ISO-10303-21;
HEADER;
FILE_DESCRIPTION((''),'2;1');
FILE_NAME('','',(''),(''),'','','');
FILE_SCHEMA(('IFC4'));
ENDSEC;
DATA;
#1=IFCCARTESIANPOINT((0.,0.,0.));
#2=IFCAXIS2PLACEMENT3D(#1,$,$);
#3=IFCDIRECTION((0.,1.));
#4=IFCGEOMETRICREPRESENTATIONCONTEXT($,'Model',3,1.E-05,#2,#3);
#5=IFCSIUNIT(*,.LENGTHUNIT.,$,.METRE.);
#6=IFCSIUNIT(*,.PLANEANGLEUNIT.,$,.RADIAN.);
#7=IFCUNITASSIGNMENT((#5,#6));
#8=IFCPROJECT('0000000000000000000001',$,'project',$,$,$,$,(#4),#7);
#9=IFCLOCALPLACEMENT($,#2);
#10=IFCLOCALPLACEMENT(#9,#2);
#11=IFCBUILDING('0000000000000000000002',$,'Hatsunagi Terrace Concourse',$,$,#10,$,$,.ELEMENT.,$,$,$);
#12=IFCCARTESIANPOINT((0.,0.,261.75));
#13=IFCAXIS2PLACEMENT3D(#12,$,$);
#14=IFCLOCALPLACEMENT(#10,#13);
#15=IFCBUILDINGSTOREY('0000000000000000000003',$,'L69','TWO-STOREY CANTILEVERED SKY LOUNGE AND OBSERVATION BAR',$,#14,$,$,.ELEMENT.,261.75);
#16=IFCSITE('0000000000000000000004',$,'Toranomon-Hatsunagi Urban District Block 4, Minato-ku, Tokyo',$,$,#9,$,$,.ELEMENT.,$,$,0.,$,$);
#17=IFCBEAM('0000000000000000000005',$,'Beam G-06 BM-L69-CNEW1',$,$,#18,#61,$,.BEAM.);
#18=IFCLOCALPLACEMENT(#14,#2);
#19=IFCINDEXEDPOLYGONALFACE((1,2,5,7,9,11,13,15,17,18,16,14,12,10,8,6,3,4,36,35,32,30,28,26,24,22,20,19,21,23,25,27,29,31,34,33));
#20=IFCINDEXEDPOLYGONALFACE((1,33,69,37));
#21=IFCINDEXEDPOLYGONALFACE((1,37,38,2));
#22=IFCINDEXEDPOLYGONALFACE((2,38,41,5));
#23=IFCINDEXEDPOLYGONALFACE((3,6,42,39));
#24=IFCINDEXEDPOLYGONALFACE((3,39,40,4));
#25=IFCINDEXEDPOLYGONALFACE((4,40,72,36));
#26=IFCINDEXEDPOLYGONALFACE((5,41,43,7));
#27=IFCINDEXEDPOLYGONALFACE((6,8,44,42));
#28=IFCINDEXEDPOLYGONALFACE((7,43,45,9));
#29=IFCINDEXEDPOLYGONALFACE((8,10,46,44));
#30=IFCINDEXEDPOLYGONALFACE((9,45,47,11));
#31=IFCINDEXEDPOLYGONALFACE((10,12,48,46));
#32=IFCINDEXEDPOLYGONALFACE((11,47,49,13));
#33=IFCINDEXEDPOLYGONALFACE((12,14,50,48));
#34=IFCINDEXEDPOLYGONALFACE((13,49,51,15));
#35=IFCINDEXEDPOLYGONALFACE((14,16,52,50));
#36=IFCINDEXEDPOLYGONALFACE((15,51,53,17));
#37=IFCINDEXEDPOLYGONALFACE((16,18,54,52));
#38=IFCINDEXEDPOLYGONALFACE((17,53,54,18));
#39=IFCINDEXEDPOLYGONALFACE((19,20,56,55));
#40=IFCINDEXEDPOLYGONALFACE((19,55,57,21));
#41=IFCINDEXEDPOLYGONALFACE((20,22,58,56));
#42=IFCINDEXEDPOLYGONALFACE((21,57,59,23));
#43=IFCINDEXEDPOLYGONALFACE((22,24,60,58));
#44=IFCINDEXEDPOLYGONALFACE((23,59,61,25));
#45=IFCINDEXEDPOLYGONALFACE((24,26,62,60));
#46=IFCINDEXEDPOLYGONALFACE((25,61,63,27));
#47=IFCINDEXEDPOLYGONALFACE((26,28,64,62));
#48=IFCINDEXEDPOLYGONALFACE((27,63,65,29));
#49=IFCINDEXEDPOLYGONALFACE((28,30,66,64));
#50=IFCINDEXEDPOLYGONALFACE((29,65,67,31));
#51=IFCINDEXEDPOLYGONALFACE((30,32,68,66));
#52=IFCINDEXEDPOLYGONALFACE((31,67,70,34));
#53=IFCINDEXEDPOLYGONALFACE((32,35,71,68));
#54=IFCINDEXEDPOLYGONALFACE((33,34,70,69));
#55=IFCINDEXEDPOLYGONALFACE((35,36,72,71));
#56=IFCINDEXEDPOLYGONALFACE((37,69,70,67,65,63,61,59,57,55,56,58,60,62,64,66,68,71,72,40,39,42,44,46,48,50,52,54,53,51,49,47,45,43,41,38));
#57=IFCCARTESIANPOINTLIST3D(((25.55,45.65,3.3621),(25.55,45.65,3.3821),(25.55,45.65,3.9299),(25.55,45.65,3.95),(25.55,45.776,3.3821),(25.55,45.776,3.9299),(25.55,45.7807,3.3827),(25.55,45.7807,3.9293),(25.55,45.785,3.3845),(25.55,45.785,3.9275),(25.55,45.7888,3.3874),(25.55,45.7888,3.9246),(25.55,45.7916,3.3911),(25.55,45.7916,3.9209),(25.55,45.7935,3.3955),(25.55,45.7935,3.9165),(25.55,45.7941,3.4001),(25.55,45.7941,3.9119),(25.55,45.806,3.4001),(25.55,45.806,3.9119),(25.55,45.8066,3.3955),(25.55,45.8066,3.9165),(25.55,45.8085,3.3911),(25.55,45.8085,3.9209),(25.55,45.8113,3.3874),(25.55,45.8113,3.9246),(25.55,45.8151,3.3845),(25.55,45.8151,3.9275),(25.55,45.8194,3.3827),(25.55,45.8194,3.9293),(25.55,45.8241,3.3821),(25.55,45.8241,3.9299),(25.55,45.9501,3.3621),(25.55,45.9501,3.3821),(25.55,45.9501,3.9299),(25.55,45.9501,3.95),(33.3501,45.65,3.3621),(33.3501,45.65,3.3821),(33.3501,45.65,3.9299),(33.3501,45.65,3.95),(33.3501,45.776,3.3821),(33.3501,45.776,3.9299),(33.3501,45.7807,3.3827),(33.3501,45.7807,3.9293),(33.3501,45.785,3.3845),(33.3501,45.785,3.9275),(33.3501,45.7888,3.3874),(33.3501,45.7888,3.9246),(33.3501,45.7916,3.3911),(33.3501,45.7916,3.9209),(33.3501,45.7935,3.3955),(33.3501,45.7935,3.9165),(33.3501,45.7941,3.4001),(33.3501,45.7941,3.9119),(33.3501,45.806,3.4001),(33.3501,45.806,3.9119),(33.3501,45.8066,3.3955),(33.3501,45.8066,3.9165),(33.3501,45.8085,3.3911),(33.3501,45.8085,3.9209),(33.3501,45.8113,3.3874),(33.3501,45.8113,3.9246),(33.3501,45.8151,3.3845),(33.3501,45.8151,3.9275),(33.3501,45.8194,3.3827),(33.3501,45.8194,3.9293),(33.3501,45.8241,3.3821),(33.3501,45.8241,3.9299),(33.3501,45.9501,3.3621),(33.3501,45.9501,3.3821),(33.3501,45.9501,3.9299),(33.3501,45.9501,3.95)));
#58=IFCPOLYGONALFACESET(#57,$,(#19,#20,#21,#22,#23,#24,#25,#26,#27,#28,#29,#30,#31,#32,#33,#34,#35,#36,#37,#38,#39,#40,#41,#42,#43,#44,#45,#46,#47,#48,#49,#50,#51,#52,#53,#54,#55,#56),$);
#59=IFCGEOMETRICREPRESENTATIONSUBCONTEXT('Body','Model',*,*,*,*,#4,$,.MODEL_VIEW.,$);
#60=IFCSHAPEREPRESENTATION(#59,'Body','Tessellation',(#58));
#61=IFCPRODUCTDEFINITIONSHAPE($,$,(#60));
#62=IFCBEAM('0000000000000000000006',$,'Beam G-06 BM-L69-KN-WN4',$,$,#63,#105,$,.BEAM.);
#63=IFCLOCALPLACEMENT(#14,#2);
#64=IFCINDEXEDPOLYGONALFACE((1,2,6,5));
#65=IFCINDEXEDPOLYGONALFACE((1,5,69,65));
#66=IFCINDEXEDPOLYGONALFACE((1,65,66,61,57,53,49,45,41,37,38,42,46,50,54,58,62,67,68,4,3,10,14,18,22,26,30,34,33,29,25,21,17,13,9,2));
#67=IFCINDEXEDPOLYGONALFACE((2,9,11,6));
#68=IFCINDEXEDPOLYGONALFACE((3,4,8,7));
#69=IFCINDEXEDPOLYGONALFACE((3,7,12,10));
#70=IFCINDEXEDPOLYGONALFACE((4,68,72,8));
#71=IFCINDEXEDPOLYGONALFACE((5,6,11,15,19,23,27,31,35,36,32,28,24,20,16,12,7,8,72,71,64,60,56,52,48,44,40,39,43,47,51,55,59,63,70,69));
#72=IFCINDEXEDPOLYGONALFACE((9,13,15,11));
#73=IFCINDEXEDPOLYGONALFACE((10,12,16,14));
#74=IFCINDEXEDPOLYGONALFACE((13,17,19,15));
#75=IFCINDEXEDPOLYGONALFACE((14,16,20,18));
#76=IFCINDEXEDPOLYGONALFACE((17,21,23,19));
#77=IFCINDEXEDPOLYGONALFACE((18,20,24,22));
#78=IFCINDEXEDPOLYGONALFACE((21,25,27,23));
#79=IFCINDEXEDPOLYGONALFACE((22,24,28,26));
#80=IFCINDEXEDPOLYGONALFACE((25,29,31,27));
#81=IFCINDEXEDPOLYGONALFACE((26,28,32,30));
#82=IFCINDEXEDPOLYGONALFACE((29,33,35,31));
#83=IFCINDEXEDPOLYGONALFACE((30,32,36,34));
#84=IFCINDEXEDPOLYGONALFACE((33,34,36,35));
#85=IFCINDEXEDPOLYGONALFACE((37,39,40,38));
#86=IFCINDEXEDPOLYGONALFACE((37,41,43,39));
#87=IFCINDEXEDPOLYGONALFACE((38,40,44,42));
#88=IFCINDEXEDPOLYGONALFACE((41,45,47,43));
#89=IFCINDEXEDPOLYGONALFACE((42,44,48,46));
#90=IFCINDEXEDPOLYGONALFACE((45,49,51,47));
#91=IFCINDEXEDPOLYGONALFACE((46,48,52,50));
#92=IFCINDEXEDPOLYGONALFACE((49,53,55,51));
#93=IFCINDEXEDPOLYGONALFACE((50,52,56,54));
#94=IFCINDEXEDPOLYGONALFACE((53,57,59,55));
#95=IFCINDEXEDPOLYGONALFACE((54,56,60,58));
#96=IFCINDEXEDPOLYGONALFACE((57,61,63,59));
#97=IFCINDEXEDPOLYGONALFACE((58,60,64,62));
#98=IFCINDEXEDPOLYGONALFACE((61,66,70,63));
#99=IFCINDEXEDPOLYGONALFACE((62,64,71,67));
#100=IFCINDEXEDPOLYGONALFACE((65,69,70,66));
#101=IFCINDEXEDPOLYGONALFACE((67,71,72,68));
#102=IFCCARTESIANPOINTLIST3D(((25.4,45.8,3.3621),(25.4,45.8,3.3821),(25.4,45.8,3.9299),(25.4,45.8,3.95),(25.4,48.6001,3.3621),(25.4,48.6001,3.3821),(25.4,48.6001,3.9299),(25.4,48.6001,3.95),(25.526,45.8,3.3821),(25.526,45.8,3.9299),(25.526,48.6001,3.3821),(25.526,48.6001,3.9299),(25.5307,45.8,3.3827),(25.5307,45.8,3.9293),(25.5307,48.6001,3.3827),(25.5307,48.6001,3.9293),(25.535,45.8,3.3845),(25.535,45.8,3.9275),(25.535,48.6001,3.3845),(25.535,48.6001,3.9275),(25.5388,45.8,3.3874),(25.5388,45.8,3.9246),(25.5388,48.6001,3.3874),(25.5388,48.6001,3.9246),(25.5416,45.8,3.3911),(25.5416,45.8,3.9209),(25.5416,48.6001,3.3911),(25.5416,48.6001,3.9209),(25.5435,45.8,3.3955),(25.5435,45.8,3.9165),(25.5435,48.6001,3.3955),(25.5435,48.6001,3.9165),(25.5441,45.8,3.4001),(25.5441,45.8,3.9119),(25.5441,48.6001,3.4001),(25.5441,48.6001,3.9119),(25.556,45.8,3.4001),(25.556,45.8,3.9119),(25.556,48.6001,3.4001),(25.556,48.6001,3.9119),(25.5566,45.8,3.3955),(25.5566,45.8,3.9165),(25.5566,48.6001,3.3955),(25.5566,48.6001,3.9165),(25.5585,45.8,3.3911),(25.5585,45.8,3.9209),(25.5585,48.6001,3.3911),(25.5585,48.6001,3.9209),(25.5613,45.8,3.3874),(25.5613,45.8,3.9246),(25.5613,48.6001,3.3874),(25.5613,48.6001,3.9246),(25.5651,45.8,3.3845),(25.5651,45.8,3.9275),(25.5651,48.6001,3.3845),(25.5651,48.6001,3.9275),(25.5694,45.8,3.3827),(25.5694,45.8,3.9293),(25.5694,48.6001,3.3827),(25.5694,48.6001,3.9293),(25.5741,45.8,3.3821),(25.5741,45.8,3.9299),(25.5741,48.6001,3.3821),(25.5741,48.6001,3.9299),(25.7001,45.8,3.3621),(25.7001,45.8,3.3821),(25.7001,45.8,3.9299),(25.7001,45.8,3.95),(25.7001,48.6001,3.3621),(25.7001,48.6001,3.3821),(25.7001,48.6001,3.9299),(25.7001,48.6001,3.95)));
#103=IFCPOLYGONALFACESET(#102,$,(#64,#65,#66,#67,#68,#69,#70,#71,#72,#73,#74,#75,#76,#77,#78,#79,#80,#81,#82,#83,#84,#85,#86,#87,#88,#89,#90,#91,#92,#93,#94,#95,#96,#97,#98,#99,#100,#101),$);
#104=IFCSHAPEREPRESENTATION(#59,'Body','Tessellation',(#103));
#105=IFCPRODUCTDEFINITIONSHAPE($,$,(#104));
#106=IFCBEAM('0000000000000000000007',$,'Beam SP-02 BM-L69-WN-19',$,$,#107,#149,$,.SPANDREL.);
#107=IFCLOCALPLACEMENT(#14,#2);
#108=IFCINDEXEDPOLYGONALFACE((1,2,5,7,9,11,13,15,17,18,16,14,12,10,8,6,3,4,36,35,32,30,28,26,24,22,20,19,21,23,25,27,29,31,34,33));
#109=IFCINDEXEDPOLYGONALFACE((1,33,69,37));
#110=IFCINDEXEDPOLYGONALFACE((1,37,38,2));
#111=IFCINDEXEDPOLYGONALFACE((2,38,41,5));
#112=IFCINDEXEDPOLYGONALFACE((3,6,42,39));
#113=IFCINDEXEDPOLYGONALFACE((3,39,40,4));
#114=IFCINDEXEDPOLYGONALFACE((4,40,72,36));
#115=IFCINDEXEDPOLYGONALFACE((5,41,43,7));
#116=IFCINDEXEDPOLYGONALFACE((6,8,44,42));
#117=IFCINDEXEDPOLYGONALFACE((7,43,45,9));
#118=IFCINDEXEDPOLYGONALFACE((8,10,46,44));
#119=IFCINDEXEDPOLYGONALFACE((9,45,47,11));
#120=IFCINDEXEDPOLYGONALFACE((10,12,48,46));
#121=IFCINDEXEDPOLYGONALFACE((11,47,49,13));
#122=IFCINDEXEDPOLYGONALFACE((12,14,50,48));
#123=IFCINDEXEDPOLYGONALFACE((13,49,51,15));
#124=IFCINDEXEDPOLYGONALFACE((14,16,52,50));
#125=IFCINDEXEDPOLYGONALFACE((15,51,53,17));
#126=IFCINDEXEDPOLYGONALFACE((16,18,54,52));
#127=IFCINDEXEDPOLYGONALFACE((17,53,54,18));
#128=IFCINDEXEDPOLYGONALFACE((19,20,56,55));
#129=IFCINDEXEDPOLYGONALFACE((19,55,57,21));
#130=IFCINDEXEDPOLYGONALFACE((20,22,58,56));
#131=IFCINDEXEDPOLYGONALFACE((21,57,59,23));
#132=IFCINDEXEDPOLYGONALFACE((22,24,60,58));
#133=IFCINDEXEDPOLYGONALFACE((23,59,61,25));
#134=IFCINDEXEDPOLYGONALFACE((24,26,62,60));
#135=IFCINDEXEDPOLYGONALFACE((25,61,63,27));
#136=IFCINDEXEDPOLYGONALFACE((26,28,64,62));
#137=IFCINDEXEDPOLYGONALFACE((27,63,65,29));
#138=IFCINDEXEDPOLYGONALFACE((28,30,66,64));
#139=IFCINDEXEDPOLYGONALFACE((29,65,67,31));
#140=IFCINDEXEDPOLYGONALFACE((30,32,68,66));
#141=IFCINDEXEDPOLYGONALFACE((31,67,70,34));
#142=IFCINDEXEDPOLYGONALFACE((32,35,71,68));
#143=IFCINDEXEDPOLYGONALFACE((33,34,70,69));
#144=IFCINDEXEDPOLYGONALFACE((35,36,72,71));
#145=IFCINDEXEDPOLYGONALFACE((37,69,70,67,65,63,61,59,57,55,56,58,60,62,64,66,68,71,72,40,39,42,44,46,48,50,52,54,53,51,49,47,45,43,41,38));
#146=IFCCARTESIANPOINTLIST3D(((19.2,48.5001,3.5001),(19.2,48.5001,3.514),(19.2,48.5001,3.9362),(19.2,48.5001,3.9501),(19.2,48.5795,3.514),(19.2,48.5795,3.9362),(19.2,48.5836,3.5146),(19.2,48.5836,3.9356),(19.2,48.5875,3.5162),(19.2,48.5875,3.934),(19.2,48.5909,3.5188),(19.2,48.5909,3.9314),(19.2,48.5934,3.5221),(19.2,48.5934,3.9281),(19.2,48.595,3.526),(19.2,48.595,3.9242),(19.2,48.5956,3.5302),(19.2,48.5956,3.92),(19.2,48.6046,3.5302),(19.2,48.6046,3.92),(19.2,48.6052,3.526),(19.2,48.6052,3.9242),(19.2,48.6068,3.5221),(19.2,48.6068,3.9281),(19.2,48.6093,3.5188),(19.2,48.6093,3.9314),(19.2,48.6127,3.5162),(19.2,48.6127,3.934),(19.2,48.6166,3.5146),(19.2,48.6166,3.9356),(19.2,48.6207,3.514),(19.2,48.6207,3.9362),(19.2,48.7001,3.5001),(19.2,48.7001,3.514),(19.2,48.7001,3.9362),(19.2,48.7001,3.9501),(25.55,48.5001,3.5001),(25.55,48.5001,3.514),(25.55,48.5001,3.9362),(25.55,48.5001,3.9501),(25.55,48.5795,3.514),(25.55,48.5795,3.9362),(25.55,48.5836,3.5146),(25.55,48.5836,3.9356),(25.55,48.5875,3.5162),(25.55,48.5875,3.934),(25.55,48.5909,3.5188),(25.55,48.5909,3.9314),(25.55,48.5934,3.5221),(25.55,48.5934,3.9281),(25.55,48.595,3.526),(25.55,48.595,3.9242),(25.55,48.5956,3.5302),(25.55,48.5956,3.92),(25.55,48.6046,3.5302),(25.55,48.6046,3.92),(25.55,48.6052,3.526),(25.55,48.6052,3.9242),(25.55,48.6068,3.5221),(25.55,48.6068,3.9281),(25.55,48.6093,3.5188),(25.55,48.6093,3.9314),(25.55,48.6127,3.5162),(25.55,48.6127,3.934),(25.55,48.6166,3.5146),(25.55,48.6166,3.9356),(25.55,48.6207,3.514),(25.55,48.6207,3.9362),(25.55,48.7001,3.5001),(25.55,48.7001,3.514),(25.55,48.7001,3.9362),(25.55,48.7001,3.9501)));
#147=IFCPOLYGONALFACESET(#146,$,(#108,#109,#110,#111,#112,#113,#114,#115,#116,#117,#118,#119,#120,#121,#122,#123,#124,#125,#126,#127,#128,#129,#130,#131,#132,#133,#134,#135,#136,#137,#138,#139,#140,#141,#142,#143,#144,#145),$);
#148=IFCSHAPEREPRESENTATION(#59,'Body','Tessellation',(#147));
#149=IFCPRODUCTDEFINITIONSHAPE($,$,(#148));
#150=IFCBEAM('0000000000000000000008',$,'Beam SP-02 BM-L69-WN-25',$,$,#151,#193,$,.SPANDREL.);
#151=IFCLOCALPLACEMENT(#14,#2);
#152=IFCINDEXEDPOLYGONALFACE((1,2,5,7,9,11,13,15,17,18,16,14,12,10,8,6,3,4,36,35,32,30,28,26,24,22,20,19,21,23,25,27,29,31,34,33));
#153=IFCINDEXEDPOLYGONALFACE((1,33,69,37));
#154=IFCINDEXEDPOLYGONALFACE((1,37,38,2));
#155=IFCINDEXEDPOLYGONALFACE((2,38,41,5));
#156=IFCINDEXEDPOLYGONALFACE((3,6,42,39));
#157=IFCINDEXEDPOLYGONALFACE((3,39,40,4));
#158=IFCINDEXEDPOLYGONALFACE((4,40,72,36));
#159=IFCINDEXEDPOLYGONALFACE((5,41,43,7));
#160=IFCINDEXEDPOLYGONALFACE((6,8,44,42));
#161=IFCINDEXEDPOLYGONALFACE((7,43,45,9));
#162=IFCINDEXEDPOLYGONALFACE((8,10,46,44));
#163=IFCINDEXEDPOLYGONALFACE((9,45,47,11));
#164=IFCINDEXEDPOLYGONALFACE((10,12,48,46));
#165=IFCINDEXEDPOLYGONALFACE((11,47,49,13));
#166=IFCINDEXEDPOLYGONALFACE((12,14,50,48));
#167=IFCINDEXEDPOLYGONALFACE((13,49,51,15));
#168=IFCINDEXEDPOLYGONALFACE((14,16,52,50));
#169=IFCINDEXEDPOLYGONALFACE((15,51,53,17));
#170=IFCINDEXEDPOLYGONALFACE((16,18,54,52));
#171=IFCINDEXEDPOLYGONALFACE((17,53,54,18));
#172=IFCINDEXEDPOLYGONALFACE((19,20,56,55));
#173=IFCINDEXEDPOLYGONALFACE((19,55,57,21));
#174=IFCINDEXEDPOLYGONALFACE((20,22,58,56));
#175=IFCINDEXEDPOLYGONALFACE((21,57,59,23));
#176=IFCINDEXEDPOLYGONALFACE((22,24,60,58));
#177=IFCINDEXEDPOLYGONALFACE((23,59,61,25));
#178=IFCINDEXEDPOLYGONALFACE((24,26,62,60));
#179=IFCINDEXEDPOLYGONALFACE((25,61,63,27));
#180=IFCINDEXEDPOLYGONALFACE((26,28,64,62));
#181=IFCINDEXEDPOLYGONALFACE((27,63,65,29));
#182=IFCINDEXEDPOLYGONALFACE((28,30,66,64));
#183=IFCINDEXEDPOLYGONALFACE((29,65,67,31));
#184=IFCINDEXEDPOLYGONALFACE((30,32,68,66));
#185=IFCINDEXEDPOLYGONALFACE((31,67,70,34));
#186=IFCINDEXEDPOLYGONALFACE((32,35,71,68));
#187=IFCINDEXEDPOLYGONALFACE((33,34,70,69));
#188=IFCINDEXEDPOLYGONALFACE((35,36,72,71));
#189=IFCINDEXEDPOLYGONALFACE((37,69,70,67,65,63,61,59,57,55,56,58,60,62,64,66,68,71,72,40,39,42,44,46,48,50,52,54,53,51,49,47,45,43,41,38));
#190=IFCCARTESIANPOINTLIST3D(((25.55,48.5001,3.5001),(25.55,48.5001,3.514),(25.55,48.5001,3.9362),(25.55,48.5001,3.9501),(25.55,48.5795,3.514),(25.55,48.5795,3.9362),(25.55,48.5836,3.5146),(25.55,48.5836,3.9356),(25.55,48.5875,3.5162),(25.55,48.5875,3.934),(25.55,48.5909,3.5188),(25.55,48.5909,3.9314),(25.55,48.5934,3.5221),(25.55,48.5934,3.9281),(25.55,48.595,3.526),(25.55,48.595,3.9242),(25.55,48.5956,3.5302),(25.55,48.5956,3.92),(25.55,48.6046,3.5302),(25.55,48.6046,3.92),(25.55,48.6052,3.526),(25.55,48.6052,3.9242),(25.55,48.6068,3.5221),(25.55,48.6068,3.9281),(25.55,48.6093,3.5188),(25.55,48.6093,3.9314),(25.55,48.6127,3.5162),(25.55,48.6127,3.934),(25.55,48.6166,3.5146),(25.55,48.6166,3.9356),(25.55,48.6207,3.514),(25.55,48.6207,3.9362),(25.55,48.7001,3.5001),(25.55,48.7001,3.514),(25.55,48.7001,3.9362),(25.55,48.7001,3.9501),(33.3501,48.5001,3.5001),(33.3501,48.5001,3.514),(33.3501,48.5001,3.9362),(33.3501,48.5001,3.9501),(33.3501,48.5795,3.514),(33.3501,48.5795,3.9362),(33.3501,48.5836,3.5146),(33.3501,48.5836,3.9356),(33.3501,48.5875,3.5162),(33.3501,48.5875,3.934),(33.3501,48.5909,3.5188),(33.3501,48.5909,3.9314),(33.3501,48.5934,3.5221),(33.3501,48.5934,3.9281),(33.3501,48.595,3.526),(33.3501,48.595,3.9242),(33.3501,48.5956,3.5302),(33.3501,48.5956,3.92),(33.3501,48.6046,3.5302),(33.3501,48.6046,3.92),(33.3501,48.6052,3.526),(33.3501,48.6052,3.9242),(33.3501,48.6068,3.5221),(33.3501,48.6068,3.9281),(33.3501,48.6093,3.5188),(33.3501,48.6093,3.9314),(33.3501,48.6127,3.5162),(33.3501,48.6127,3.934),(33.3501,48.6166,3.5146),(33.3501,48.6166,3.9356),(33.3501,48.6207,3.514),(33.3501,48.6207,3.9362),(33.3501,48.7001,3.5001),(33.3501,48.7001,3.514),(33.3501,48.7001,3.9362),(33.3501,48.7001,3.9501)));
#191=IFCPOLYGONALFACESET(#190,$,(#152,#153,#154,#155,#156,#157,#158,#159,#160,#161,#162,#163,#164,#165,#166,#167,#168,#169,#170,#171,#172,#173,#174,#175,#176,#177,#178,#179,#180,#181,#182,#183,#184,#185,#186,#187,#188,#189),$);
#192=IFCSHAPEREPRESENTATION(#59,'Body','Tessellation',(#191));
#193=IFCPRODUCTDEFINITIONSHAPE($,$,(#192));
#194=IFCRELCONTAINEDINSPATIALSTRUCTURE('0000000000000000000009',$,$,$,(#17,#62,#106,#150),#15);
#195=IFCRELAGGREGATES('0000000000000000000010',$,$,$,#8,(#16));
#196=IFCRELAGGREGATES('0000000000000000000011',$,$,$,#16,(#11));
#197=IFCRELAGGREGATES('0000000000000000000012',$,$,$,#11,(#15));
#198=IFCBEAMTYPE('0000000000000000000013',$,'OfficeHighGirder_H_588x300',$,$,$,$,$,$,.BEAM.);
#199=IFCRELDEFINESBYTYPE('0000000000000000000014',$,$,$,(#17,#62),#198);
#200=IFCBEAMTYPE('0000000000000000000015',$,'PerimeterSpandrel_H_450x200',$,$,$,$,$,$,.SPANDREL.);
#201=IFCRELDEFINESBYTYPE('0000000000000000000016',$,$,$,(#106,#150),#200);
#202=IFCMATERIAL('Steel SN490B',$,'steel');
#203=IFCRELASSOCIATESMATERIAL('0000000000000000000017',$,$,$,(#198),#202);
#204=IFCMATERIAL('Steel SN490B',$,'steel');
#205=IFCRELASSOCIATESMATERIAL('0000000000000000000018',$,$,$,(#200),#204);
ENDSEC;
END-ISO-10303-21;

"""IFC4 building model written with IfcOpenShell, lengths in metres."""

from ifc_helpers import new_model, si_unit, direction, frame, origin, origin_2d, place, context, subcontext, project, spatial, i_section, extrude, material, material_profile, profile_set, type_object, element, save


model = new_model("IFC4")

# Units and contexts
model_context = context("Model", 3, precision=1e-05, world=origin(), true_north=direction((0.0, 1.0)))
body_context = subcontext(model_context, "Body", "Model", "MODEL_VIEW")
ifc_project = project(units=[si_unit("LENGTHUNIT", "METRE"), si_unit("PLANEANGLEUNIT", "RADIAN")], contexts=[model_context])

# Site, building, storey
site_placement = place(None, origin())
site = spatial("IfcSite", under=ifc_project, at=site_placement, Name="Toranomon-Hatsunagi Urban District Block 4, Minato-ku, Tokyo", CompositionType="ELEMENT", RefElevation=0.0)
building_placement = place(site_placement, origin())
building = spatial("IfcBuilding", under=site, at=building_placement, Name="Hatsunagi Terrace Concourse", CompositionType="ELEMENT")
storey_placement = place(building_placement, frame((0.0, 0.0, 261.75)))
storey = spatial("IfcBuildingStorey", under=building, at=storey_placement, Name="L69", Description="TWO-STOREY CANTILEVERED SKY LOUNGE AND OBSERVATION BAR", CompositionType="ELEMENT", Elevation=261.75)

# Beams
ifc_material_1 = material(Name="Steel SN490B", Category="steel")
ifc_material_profile_1 = material_profile(ifc_material_1, i_section(OverallWidth=0.3, OverallDepth=0.5879, WebThickness=0.012, FlangeThickness=0.02, FilletRadius=0.0181, at=origin_2d()), Name="H-588x300x12x20")
ifc_profile_set_1 = profile_set([ifc_material_profile_1], Name="Steel SN490B")
beam_type_1 = type_object("IfcBeamType", Name="OfficeHighGirder_H_588x300", PredefinedType="BEAM", material=ifc_profile_set_1)
beam_1_placement = place(storey_placement, frame((25.55, 45.8, 3.656), z_axis=(1.0, 0.0, 0.0), x_axis=(0.0, 1.0, 0.0)))
element("IfcBeam", 1, at=beam_1_placement, inside=storey, type_object=beam_type_1, Name="Beam G-06 BM-L69-CNEW1", PredefinedType="BEAM", context=body_context, shape_type="SweptSolid", body=[
    extrude(i_section(OverallWidth=0.3, OverallDepth=0.5879, WebThickness=0.012, FlangeThickness=0.02, FilletRadius=0.0181, at=origin_2d()), origin(), (0.0, 0.0, 1.0), 7.8),
])
beam_2_placement = place(storey_placement, frame((25.55, 45.8, 3.656), z_axis=(0.0, 1.0, 0.0), x_axis=(-1.0, 0.0, 0.0)))
element("IfcBeam", 2, at=beam_2_placement, inside=storey, type_object=beam_type_1, Name="Beam G-06 BM-L69-KN-WN4", PredefinedType="BEAM", context=body_context, shape_type="SweptSolid", body=[
    extrude(i_section(OverallWidth=0.3, OverallDepth=0.5879, WebThickness=0.012, FlangeThickness=0.02, FilletRadius=0.0181, at=origin_2d()), origin(), (0.0, 0.0, 1.0), 2.8),
])
ifc_material_2 = material(Name="Steel SN490B", Category="steel")
ifc_material_profile_2 = material_profile(ifc_material_2, i_section(OverallWidth=0.2, OverallDepth=0.45, WebThickness=0.009, FlangeThickness=0.0139, FilletRadius=0.0161, at=origin_2d()), Name="H-450x200x9x14")
ifc_profile_set_2 = profile_set([ifc_material_profile_2], Name="Steel SN490B")
beam_type_2 = type_object("IfcBeamType", Name="PerimeterSpandrel_H_450x200", PredefinedType="SPANDREL", material=ifc_profile_set_2)
beam_3_placement = place(storey_placement, frame((19.2, 48.6001, 3.7251), z_axis=(1.0, 0.0, 0.0), x_axis=(0.0, 1.0, 0.0)))
element("IfcBeam", 3, at=beam_3_placement, inside=storey, type_object=beam_type_2, Name="Beam SP-02 BM-L69-WN-19", PredefinedType="SPANDREL", context=body_context, shape_type="SweptSolid", body=[
    extrude(i_section(OverallWidth=0.2, OverallDepth=0.45, WebThickness=0.009, FlangeThickness=0.0139, FilletRadius=0.0161, at=origin_2d()), origin(), (0.0, 0.0, 1.0), 6.3501),
])
beam_4_placement = place(storey_placement, frame((25.55, 48.6001, 3.7251), z_axis=(1.0, 0.0, 0.0), x_axis=(0.0, 1.0, 0.0)))
element("IfcBeam", 4, at=beam_4_placement, inside=storey, type_object=beam_type_2, Name="Beam SP-02 BM-L69-WN-25", PredefinedType="SPANDREL", context=body_context, shape_type="SweptSolid", body=[
    extrude(i_section(OverallWidth=0.2, OverallDepth=0.45, WebThickness=0.009, FlangeThickness=0.0139, FilletRadius=0.0161, at=origin_2d()), origin(), (0.0, 0.0, 1.0), 7.8),
])

save(model, "model.ifc")
